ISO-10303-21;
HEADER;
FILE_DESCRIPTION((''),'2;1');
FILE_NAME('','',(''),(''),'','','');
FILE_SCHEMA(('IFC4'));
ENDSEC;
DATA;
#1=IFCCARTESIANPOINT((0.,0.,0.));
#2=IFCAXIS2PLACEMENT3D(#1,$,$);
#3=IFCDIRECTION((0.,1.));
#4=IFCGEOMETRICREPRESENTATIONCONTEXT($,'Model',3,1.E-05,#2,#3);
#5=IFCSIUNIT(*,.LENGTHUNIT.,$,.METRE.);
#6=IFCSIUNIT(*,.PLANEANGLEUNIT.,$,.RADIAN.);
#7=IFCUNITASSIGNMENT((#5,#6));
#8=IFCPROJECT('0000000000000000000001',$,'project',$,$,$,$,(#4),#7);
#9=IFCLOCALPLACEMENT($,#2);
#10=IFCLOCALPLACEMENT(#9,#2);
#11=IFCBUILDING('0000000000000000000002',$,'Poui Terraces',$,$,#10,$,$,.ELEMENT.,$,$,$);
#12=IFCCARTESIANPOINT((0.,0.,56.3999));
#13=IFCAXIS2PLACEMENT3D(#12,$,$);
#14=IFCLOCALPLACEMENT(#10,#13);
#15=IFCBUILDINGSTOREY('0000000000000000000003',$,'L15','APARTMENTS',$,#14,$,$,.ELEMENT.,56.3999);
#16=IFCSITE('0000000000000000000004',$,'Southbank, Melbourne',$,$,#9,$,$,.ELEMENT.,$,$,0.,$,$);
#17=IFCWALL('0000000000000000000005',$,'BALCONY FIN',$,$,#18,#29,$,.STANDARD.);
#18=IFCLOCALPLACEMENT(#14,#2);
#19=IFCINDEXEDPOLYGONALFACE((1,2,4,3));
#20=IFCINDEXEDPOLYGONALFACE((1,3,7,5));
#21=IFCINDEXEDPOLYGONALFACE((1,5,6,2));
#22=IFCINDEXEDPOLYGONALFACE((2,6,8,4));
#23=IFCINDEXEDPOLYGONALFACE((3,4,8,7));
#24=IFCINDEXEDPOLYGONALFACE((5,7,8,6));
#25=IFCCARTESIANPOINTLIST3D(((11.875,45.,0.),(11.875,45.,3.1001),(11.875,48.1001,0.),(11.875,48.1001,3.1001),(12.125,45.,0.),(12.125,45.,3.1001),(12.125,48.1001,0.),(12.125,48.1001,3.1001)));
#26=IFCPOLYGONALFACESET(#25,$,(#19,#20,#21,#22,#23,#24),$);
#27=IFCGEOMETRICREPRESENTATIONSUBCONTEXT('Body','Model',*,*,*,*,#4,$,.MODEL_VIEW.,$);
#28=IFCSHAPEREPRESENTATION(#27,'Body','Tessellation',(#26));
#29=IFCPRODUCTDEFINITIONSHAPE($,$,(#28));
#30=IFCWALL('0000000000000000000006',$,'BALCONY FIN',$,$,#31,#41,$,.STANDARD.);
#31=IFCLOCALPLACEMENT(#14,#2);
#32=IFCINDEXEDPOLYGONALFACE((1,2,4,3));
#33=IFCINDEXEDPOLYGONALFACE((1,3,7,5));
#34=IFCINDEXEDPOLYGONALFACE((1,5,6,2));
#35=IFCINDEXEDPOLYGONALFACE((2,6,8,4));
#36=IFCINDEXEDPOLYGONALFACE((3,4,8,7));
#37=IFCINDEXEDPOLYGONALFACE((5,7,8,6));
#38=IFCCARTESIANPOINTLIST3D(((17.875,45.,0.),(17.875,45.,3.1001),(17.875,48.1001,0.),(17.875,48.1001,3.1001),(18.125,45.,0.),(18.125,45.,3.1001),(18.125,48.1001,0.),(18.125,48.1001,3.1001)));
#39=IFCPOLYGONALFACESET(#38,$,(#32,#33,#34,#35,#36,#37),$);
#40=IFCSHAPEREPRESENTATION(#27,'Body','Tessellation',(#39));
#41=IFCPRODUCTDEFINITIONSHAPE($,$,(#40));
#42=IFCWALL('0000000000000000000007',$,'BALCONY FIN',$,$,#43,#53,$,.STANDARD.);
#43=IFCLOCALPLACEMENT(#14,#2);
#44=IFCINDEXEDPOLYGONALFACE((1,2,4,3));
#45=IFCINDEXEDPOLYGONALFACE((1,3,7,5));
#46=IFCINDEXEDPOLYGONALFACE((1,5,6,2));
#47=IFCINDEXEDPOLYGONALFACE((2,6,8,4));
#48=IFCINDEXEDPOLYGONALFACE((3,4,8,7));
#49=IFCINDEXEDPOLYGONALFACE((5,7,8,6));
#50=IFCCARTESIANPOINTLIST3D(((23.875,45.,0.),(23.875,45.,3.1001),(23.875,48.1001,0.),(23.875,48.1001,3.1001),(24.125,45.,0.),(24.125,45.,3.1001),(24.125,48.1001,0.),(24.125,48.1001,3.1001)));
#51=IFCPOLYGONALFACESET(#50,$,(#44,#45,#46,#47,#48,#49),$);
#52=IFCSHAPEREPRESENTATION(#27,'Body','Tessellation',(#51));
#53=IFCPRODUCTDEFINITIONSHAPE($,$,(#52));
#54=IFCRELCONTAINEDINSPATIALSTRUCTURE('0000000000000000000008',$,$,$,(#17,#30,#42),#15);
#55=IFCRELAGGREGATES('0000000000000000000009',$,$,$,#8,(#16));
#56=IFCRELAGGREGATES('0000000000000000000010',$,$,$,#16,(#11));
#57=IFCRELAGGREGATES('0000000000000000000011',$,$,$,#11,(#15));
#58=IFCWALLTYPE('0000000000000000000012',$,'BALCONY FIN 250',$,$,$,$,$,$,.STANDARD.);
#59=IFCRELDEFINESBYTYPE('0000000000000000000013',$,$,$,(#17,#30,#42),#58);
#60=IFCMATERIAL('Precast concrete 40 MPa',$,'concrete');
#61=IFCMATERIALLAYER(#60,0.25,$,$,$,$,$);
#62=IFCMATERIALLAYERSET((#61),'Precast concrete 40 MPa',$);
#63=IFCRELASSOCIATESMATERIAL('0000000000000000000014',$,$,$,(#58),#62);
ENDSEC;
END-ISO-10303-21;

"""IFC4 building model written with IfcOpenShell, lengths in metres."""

from ifc_helpers import new_model, si_unit, direction, frame, origin, place, context, subcontext, project, spatial, polyline, outline, extrude, source, transform, mapped, material, layer, layer_set, type_object, element, save


model = new_model("IFC4")

# Units and contexts
model_context = context("Model", 3, precision=1e-05, world=origin(), true_north=direction((0.0, 1.0)))
body_context = subcontext(model_context, "Body", "Model", "MODEL_VIEW")
ifc_project = project(units=[si_unit("LENGTHUNIT", "METRE"), si_unit("PLANEANGLEUNIT", "RADIAN")], contexts=[model_context])

# Site, building, storey
site_placement = place(None, origin())
site = spatial("IfcSite", under=ifc_project, at=site_placement, Name="Southbank, Melbourne", CompositionType="ELEMENT", RefElevation=0.0)
building_placement = place(site_placement, origin())
building = spatial("IfcBuilding", under=site, at=building_placement, Name="Poui Terraces", CompositionType="ELEMENT")
storey_placement = place(building_placement, frame((0.0, 0.0, 56.3999)))
storey = spatial("IfcBuildingStorey", under=building, at=storey_placement, Name="L15", Description="APARTMENTS", CompositionType="ELEMENT", Elevation=56.3999)

# Walls
ifc_material_1 = material(Name="Precast concrete 40 MPa", Category="concrete")
ifc_layer_1 = layer(ifc_material_1, 0.25)
ifc_layer_set_1 = layer_set([ifc_layer_1], Name="Precast concrete 40 MPa")
wall_type_1 = type_object("IfcWallType", Name="BALCONY FIN 250", PredefinedType="STANDARD", material=ifc_layer_set_1)
shared_shape_1 = source(origin(), body_context, "Body", "SweptSolid", [
    extrude(outline(polyline([(0.0, 0.0), (0.25, 0.0), (0.25, 3.1001), (0.0, 3.1001), (0.0, 0.0)])), origin(), (0.0, 0.0, 1.0), 3.1001),
])
for number, where, name in (
    (1, (11.875, 45.0, 0.0), "BALCONY FIN"),
    (2, (17.875, 45.0, 0.0), "BALCONY FIN"),
    (3, (23.875, 45.0, 0.0), "BALCONY FIN"),
):
    element("IfcWall", number, at=place(storey_placement, frame(where)), inside=storey, type_object=wall_type_1, Name=name, PredefinedType="STANDARD", context=body_context, shape_type="MappedRepresentation", body=[
        mapped(shared_shape_1, transform((0.0, 0.0, 0.0))),
    ])

save(model, "model.ifc")
